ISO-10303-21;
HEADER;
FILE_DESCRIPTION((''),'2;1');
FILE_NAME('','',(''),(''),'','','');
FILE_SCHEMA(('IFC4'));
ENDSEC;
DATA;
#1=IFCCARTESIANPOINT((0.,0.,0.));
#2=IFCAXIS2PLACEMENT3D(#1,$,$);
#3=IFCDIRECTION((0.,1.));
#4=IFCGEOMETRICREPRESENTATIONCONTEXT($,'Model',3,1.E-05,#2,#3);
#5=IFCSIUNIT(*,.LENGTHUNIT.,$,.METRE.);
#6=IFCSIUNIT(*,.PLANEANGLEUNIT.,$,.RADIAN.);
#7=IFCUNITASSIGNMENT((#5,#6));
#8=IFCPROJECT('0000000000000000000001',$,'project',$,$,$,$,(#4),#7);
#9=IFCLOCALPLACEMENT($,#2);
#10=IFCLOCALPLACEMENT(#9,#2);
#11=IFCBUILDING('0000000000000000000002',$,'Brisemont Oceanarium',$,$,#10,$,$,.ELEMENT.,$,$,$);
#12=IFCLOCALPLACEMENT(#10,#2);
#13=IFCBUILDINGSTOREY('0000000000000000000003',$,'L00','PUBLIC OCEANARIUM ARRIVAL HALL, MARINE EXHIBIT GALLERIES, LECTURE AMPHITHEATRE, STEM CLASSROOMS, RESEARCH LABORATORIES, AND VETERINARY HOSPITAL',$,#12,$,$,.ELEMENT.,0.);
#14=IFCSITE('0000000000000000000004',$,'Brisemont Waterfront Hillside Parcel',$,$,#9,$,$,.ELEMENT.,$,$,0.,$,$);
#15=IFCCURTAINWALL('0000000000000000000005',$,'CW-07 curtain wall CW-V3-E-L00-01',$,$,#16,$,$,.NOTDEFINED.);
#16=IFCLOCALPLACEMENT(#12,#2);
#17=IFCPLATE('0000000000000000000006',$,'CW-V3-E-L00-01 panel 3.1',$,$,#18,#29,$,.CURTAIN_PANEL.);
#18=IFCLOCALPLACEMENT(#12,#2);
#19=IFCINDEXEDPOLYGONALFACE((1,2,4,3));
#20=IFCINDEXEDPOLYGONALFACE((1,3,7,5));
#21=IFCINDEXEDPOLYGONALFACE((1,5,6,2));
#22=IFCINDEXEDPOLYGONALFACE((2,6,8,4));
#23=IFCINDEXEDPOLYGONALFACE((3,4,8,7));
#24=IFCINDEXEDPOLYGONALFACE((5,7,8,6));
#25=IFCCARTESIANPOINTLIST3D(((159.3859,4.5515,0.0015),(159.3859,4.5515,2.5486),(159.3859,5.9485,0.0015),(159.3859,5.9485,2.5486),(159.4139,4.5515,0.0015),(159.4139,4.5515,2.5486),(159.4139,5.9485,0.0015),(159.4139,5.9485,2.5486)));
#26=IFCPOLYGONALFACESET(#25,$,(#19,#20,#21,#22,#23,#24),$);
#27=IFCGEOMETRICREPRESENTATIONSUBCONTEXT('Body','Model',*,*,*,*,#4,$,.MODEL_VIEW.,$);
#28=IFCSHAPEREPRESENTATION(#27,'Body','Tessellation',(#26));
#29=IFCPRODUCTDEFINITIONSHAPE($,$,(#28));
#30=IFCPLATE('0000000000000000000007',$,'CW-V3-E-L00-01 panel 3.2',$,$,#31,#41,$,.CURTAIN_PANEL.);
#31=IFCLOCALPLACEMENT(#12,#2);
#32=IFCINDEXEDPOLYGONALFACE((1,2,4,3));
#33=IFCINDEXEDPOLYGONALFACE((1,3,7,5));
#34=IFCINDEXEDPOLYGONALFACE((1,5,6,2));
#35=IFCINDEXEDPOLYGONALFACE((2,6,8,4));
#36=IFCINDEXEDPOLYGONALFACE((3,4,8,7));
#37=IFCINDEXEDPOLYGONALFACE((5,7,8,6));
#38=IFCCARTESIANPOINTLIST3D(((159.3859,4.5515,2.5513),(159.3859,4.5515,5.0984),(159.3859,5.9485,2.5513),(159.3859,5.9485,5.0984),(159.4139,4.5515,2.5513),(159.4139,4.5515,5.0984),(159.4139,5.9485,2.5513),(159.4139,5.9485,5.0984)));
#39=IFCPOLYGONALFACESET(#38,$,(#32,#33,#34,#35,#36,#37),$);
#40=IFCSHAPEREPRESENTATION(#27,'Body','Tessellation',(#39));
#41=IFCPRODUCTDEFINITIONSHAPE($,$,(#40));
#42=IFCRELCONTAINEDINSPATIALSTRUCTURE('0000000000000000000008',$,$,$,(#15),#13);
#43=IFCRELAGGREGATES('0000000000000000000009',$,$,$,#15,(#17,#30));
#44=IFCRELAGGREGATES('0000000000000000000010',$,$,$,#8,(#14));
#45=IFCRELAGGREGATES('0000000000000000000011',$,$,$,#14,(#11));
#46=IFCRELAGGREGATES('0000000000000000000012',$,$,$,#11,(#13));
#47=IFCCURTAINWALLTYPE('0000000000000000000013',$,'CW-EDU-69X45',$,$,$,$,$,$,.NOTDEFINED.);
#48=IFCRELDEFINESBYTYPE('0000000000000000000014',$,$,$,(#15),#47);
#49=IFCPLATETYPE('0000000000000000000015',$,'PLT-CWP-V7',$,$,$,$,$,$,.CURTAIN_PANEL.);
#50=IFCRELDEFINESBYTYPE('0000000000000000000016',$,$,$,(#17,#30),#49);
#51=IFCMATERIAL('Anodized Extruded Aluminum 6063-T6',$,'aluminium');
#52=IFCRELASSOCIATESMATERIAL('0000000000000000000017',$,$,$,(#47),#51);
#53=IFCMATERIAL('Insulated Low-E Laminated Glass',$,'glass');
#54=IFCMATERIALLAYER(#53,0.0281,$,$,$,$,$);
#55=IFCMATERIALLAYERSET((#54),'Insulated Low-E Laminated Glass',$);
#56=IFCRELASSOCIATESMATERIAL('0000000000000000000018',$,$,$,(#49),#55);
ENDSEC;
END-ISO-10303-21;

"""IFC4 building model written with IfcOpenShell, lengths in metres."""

from ifc_helpers import new_model, si_unit, direction, frame, origin, origin_2d, place, context, subcontext, project, spatial, rectangle, extrude, material, layer, layer_set, type_object, element, aggregate, save


model = new_model("IFC4")

# Units and contexts
model_context = context("Model", 3, precision=1e-05, world=origin(), true_north=direction((0.0, 1.0)))
body_context = subcontext(model_context, "Body", "Model", "MODEL_VIEW")
ifc_project = project(units=[si_unit("LENGTHUNIT", "METRE"), si_unit("PLANEANGLEUNIT", "RADIAN")], contexts=[model_context])

# Site, building, storey
site_placement = place(None, origin())
site = spatial("IfcSite", under=ifc_project, at=site_placement, Name="Brisemont Waterfront Hillside Parcel", CompositionType="ELEMENT", RefElevation=0.0)
building_placement = place(site_placement, origin())
building = spatial("IfcBuilding", under=site, at=building_placement, Name="Brisemont Oceanarium", CompositionType="ELEMENT")
storey_placement = place(building_placement, origin())
storey = spatial("IfcBuildingStorey", under=building, at=storey_placement, Name="L00", Description="PUBLIC OCEANARIUM ARRIVAL HALL, MARINE EXHIBIT GALLERIES, LECTURE AMPHITHEATRE, STEM CLASSROOMS, RESEARCH LABORATORIES, AND VETERINARY HOSPITAL", CompositionType="ELEMENT", Elevation=0.0)

# Curtain wall
ifc_material_1 = material(Name="Anodized Extruded Aluminum 6063-T6", Category="aluminium")
curtain_wall_type = type_object("IfcCurtainWallType", Name="CW-EDU-69X45", PredefinedType="NOTDEFINED", material=ifc_material_1)
curtain_wall_1_placement = place(storey_placement, origin())
curtain_wall_1 = element("IfcCurtainWall", 1, at=curtain_wall_1_placement, inside=storey, type_object=curtain_wall_type, Name="CW-07 curtain wall CW-V3-E-L00-01", PredefinedType="NOTDEFINED")

# Plates
ifc_material_2 = material(Name="Insulated Low-E Laminated Glass", Category="glass")
ifc_layer = layer(ifc_material_2, 0.0281)
ifc_layer_set = layer_set([ifc_layer], Name="Insulated Low-E Laminated Glass")
plate_type = type_object("IfcPlateType", Name="PLT-CWP-V7", PredefinedType="CURTAIN_PANEL", material=ifc_layer_set)
plate_1_placement = place(storey_placement, frame((159.3999, 5.25, 0.0015), z_axis=(0.0, 0.0, 1.0), x_axis=(0.0, 1.0, 0.0)))
plate_1 = element("IfcPlate", 2, at=plate_1_placement, type_object=plate_type, Name="CW-V3-E-L00-01 panel 3.1", PredefinedType="CURTAIN_PANEL", context=body_context, shape_type="SweptSolid", body=[
    extrude(rectangle(XDim=1.397, YDim=0.0281, at=origin_2d()), origin(), (0.0, 0.0, 1.0), 2.5471),
])
plate_2_placement = place(storey_placement, frame((159.3999, 5.25, 2.5513), z_axis=(0.0, 0.0, 1.0), x_axis=(0.0, 1.0, 0.0)))
plate_2 = element("IfcPlate", 3, at=plate_2_placement, type_object=plate_type, Name="CW-V3-E-L00-01 panel 3.2", PredefinedType="CURTAIN_PANEL", context=body_context, shape_type="SweptSolid", body=[
    extrude(rectangle(XDim=1.397, YDim=0.0281, at=origin_2d()), origin(), (0.0, 0.0, 1.0), 2.5471),
])
aggregate(curtain_wall_1, [plate_1, plate_2])

save(model, "model.ifc")
